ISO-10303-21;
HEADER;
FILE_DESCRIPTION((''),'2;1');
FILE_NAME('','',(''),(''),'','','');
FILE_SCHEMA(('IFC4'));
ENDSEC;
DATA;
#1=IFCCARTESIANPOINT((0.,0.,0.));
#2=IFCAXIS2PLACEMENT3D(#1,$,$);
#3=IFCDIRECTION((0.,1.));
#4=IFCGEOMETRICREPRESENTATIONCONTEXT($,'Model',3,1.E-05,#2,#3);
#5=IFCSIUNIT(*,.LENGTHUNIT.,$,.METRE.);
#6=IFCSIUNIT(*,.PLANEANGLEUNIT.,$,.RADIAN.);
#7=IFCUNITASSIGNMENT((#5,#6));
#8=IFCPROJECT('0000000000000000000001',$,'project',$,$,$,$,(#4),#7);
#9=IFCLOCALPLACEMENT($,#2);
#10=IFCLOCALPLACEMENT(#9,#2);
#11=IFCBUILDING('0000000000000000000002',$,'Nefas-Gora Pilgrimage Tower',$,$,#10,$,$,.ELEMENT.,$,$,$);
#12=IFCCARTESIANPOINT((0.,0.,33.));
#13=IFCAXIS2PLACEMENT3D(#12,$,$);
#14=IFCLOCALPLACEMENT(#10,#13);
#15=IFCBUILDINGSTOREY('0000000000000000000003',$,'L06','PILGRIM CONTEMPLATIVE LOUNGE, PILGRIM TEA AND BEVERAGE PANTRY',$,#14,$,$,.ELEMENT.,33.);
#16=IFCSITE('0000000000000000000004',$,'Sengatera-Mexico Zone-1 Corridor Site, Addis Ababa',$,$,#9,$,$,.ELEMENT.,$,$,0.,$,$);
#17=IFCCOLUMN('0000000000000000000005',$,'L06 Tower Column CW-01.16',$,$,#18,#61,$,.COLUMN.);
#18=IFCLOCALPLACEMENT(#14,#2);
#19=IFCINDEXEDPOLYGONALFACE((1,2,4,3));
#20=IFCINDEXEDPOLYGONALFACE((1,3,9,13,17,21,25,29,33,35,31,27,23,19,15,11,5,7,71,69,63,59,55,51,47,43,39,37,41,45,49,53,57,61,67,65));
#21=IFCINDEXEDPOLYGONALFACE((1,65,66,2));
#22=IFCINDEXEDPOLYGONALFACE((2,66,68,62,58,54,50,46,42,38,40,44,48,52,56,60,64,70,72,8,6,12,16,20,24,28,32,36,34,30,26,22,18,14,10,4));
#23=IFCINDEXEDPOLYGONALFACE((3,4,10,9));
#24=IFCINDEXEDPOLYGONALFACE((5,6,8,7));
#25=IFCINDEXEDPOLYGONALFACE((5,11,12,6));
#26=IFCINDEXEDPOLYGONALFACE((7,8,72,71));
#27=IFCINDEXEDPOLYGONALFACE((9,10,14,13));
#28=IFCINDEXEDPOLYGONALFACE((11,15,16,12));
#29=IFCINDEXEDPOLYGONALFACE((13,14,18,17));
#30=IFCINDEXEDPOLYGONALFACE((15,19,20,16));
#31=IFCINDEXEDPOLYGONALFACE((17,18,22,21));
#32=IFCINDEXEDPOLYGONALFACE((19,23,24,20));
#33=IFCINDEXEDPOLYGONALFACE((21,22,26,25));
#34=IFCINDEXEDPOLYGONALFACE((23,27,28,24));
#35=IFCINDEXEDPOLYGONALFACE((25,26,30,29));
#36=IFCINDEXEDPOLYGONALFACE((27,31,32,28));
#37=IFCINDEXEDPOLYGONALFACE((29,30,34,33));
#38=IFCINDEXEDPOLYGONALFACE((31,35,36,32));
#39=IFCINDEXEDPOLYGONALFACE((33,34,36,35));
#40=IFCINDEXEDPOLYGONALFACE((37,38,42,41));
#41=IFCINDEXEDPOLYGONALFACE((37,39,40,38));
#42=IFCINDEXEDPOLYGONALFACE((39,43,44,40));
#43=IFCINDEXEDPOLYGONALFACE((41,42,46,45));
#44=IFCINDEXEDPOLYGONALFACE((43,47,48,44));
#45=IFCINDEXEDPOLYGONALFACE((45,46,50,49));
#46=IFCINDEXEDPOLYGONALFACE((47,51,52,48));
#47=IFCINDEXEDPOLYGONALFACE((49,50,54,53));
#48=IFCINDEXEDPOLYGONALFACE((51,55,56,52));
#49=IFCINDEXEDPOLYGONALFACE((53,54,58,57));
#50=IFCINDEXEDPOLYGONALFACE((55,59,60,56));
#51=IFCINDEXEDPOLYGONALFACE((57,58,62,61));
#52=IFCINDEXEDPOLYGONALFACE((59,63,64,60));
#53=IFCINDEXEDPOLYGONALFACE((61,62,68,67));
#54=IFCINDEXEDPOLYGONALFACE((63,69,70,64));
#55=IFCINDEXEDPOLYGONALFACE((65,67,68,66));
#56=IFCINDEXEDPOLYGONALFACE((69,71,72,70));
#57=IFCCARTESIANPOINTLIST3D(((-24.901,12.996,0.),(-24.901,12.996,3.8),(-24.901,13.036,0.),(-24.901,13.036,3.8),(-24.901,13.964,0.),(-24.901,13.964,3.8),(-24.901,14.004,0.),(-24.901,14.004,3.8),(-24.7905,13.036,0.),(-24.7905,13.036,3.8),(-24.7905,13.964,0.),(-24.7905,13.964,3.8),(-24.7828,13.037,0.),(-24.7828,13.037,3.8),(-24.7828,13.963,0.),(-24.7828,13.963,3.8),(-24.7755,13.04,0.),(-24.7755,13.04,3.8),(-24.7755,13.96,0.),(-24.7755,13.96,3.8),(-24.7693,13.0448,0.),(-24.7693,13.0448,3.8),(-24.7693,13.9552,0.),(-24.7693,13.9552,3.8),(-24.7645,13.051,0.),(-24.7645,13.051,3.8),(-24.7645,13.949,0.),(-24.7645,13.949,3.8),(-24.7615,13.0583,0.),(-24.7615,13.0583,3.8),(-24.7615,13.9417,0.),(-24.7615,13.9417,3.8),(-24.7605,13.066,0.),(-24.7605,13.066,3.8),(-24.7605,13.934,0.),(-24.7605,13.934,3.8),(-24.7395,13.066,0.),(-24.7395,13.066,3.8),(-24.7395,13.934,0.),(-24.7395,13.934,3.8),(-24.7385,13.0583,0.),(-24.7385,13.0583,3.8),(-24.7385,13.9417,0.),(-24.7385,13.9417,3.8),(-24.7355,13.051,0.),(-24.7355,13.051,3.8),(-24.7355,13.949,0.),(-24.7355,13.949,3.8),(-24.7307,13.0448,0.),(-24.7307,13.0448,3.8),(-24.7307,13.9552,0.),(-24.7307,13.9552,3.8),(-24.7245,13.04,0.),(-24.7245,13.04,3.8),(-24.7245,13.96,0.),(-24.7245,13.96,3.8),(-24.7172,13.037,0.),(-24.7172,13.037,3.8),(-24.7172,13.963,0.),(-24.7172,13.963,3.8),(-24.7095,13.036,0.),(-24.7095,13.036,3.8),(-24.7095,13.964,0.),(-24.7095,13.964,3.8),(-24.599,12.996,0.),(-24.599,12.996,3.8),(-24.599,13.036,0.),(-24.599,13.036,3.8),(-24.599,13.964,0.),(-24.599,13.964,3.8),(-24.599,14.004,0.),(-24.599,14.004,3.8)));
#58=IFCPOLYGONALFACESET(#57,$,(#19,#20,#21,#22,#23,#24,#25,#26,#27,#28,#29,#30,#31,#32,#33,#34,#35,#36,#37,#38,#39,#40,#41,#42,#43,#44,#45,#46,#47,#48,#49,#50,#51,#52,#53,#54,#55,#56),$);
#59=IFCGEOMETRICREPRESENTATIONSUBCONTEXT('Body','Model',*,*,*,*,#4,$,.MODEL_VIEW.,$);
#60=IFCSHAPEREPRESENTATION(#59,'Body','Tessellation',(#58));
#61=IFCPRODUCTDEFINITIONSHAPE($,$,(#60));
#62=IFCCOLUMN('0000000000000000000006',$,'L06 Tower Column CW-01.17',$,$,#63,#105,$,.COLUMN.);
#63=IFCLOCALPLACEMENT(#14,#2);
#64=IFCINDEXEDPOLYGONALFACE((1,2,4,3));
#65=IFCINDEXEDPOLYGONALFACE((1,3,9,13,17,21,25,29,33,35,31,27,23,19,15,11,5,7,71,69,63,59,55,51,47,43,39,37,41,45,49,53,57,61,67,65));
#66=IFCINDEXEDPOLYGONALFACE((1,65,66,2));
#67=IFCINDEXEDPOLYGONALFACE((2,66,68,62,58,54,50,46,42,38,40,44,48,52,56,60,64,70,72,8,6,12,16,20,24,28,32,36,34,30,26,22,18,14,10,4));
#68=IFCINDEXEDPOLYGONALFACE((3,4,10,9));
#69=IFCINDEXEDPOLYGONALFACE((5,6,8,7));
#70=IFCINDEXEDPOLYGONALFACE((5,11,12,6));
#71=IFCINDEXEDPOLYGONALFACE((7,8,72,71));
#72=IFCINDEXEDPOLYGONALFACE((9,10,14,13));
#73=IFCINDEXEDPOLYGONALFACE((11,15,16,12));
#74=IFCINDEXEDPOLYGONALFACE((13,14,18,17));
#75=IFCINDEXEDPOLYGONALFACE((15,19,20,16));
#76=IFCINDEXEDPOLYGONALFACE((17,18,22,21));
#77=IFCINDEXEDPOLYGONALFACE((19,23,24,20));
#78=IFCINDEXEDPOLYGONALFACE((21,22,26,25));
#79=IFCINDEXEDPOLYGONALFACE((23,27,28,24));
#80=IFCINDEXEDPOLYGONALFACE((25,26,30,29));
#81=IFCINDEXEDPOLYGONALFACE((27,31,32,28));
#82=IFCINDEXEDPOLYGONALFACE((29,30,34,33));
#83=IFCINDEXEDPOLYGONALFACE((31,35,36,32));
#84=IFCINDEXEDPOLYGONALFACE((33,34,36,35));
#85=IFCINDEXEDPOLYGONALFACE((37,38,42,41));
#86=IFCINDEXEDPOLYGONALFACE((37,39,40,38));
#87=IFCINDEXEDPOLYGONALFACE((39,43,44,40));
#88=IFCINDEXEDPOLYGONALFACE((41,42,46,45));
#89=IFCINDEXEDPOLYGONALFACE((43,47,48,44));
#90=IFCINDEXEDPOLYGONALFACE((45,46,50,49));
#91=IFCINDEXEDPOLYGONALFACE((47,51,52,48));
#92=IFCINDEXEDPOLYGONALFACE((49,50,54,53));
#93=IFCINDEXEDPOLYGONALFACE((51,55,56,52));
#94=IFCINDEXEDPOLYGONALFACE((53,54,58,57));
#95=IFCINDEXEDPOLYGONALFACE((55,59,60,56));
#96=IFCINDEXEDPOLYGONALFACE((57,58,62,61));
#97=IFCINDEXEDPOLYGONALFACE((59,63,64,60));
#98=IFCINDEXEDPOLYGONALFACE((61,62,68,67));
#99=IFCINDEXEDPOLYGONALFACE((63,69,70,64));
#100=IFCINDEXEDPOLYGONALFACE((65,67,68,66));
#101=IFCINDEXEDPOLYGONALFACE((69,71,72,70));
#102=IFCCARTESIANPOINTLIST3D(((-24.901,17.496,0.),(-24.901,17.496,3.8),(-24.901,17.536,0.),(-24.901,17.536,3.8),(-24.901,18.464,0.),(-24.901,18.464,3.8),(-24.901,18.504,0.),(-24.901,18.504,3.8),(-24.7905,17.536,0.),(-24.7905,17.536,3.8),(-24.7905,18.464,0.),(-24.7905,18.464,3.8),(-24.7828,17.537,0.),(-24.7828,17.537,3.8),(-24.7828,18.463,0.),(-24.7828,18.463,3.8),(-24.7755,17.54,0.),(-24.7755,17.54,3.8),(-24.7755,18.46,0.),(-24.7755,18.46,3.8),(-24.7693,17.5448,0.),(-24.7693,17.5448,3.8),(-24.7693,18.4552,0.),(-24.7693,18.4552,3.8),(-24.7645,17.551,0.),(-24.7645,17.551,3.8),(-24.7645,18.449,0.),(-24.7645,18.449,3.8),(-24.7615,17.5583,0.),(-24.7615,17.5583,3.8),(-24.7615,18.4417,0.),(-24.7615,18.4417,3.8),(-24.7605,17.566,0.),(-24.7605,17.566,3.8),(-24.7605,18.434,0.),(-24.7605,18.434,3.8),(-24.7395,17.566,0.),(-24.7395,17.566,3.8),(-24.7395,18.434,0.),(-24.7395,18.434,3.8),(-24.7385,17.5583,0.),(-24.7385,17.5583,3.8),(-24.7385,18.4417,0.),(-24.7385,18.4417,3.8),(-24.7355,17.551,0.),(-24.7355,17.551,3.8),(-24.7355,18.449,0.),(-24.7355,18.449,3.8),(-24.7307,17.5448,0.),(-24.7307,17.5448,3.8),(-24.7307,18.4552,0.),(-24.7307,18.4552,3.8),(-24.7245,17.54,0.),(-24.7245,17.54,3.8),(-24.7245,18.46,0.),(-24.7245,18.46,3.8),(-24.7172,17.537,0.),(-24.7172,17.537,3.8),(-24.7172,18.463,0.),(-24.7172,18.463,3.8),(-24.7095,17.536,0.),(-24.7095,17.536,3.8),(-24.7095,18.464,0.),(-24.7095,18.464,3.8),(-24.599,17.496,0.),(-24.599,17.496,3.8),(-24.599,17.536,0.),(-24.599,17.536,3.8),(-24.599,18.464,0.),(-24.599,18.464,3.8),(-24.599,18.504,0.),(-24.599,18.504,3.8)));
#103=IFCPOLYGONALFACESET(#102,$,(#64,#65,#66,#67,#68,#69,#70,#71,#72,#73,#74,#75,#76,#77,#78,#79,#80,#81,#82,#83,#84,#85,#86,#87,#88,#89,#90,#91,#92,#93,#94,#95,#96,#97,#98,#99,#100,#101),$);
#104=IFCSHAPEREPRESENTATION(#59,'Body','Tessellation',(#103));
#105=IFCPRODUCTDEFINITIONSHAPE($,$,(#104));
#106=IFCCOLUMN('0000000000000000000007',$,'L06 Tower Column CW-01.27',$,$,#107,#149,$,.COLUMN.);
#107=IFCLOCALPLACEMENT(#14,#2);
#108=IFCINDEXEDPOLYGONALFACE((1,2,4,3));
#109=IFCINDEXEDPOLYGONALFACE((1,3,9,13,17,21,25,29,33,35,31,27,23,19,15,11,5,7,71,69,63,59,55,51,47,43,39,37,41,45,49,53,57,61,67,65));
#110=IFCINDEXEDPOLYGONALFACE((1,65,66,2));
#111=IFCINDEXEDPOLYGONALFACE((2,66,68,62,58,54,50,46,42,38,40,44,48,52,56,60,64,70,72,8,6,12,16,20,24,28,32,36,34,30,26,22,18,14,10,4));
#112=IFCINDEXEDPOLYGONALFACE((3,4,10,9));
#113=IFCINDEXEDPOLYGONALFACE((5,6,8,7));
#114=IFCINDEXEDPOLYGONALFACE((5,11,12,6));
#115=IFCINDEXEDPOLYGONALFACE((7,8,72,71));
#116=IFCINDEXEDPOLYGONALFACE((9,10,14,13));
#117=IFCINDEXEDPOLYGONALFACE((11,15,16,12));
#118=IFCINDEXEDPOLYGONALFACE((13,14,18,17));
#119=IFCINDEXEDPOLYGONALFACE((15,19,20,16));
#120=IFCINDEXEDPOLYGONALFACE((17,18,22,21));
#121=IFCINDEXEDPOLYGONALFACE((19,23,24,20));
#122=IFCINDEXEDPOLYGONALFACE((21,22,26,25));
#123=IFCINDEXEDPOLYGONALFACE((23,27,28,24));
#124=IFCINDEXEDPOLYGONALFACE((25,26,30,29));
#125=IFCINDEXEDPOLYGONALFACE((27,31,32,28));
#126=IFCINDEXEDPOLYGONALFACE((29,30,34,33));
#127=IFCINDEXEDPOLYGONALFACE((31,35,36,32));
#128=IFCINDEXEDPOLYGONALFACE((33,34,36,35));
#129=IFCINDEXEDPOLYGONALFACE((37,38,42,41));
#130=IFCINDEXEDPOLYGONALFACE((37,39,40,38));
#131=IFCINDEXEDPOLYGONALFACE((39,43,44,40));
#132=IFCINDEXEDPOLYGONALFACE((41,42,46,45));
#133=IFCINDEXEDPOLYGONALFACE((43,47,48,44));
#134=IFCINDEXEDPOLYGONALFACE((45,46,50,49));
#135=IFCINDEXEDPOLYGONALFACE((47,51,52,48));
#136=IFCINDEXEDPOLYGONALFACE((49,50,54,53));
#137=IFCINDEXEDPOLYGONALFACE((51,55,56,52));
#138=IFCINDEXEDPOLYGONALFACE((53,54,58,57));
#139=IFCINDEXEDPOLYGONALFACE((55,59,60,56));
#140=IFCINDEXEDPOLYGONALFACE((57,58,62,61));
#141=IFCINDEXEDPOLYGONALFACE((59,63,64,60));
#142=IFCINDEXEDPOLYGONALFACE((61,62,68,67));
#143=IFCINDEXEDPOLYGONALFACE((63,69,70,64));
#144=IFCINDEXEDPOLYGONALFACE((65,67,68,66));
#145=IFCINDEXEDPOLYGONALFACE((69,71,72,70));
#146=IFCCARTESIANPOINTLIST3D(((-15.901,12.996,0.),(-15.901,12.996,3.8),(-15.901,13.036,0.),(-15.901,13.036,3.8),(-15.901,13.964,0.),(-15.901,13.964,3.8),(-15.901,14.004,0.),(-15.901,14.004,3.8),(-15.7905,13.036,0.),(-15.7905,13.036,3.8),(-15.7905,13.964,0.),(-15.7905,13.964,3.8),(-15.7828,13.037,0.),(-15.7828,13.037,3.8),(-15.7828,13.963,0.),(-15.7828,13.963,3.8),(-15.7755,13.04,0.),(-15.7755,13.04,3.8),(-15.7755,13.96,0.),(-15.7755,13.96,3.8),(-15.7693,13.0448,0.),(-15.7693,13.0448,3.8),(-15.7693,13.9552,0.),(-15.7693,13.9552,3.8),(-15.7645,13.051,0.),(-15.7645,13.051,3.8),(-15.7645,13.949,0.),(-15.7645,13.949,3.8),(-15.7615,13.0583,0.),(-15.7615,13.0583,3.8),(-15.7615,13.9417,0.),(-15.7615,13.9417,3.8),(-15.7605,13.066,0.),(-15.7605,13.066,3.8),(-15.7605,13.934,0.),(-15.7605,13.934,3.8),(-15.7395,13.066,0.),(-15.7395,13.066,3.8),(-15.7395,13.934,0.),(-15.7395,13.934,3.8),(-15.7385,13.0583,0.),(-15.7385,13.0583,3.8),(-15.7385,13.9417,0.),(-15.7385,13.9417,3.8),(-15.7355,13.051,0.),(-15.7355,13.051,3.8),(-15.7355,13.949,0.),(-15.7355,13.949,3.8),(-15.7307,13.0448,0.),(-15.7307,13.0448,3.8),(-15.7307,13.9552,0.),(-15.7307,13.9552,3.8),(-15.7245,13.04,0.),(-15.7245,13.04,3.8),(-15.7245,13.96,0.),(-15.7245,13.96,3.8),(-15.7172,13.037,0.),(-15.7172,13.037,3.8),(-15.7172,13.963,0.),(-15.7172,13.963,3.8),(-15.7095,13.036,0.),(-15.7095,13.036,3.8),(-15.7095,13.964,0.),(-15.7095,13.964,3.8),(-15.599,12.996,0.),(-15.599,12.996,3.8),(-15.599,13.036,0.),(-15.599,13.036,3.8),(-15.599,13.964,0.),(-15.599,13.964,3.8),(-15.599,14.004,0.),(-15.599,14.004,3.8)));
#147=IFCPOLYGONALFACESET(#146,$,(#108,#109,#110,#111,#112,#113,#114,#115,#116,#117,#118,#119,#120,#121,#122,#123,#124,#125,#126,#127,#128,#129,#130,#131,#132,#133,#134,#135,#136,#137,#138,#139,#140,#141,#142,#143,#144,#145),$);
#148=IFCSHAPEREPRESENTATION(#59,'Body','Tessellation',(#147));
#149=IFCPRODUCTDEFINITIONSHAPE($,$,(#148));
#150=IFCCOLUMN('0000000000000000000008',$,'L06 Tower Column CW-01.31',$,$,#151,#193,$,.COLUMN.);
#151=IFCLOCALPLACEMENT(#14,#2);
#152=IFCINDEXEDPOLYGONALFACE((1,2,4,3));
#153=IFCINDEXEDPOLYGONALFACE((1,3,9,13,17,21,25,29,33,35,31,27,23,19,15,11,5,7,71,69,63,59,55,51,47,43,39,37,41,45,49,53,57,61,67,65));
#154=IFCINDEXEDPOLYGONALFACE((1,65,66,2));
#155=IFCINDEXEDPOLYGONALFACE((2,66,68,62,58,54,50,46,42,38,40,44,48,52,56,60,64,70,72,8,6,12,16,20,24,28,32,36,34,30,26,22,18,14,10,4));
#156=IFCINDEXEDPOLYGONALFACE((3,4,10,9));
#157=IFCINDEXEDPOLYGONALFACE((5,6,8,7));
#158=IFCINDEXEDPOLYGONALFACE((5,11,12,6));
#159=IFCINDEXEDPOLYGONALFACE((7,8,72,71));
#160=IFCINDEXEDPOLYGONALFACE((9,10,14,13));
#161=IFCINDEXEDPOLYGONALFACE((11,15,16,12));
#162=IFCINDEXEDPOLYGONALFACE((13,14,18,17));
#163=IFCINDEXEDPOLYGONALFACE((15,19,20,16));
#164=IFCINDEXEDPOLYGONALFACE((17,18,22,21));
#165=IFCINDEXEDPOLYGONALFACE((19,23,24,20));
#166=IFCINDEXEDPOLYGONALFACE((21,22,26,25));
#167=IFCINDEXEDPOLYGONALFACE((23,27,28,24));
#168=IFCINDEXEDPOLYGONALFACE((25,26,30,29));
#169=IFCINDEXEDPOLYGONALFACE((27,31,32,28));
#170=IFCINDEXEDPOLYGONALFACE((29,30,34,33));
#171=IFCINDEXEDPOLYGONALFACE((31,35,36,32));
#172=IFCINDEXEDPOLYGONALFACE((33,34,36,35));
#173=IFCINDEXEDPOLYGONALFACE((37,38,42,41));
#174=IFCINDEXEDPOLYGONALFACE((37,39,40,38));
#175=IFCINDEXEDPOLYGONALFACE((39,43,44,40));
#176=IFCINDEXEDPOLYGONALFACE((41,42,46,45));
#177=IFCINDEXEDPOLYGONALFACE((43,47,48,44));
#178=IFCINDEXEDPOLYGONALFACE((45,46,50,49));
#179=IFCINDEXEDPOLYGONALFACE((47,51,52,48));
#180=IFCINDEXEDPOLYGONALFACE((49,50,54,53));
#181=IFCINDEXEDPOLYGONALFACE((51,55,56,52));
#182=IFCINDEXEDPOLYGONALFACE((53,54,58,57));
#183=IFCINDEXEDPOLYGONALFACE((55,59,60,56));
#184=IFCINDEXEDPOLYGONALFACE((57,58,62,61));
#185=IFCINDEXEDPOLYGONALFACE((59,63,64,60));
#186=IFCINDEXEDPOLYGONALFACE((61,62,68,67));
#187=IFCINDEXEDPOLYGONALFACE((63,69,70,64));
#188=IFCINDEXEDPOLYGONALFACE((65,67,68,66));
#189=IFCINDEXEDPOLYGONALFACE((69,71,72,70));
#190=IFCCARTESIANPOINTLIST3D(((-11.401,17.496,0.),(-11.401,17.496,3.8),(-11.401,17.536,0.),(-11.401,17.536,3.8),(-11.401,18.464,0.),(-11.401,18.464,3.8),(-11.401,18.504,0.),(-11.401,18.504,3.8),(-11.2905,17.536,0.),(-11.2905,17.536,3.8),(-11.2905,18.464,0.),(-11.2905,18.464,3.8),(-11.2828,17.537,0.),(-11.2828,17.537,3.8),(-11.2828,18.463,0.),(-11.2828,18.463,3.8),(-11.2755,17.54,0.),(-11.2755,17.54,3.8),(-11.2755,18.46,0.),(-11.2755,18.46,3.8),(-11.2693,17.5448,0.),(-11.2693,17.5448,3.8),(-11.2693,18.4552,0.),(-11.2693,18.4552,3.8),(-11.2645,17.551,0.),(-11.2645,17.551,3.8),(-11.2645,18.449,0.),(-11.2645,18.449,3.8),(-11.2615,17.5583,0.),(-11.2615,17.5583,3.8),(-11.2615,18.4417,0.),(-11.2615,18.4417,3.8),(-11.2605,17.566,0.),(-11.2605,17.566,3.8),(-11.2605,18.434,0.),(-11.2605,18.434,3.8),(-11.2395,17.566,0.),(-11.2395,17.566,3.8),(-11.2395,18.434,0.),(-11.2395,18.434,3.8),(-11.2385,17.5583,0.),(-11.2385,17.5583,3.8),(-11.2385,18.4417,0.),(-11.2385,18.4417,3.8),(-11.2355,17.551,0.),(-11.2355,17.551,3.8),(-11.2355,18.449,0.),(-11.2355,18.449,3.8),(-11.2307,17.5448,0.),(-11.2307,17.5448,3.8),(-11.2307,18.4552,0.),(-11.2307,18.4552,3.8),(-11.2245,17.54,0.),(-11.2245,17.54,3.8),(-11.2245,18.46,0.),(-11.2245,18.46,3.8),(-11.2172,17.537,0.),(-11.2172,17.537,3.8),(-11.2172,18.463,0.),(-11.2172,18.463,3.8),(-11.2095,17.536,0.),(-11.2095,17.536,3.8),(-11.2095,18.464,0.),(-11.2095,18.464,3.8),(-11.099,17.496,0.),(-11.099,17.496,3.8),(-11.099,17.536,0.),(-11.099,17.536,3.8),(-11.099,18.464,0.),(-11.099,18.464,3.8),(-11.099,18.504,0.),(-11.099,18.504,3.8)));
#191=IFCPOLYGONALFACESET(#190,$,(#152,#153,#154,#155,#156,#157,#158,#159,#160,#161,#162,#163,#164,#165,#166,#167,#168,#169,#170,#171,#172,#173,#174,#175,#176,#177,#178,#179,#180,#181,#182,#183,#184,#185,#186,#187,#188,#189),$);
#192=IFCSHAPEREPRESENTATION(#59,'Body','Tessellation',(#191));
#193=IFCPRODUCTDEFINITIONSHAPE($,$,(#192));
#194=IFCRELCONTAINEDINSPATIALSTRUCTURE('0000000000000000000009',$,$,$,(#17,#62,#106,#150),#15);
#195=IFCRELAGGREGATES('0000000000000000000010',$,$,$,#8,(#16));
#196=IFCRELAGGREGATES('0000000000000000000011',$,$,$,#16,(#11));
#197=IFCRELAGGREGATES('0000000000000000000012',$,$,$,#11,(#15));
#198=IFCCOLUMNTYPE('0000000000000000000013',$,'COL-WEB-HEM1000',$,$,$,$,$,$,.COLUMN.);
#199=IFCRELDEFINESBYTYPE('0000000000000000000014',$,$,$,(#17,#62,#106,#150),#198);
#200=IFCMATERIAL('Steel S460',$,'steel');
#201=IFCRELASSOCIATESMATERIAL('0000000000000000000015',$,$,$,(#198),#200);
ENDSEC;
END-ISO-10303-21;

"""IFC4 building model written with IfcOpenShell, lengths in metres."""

from ifc_helpers import new_model, si_unit, direction, frame, origin, origin_2d, place, context, subcontext, project, spatial, i_section, extrude, source, transform, mapped, material, material_profile, profile_set, type_object, element, save


model = new_model("IFC4")

# Units and contexts
model_context = context("Model", 3, precision=1e-05, world=origin(), true_north=direction((0.0, 1.0)))
body_context = subcontext(model_context, "Body", "Model", "MODEL_VIEW")
ifc_project = project(units=[si_unit("LENGTHUNIT", "METRE"), si_unit("PLANEANGLEUNIT", "RADIAN")], contexts=[model_context])

# Site, building, storey
site_placement = place(None, origin())
site = spatial("IfcSite", under=ifc_project, at=site_placement, Name="Sengatera-Mexico Zone-1 Corridor Site, Addis Ababa", CompositionType="ELEMENT", RefElevation=0.0)
building_placement = place(site_placement, origin())
building = spatial("IfcBuilding", under=site, at=building_placement, Name="Nefas-Gora Pilgrimage Tower", CompositionType="ELEMENT")
storey_placement = place(building_placement, frame((0.0, 0.0, 33.0)))
storey = spatial("IfcBuildingStorey", under=building, at=storey_placement, Name="L06", Description="PILGRIM CONTEMPLATIVE LOUNGE, PILGRIM TEA AND BEVERAGE PANTRY", CompositionType="ELEMENT", Elevation=33.0)

# Columns
ifc_material_1 = material(Name="Steel S460", Category="steel")
ifc_material_profile_1 = material_profile(ifc_material_1, i_section(OverallWidth=0.302, OverallDepth=1.0081, WebThickness=0.021, FlangeThickness=0.04, FilletRadius=0.03, at=origin_2d()), Name="HEM 1000")
ifc_profile_set_1 = profile_set([ifc_material_profile_1], Name="Steel S460")
column_type_1 = type_object("IfcColumnType", Name="COL-WEB-HEM1000", PredefinedType="COLUMN", material=ifc_profile_set_1)
shared_shape_1 = source(origin(), body_context, "Body", "SweptSolid", [
    extrude(i_section(OverallWidth=0.302, OverallDepth=1.0081, WebThickness=0.021, FlangeThickness=0.04, FilletRadius=0.03, at=origin_2d()), origin(), (0.0, 0.0, 1.0), 3.8),
])
for number, where, z_axis, x_axis, name in (
    (1, (-24.75, 13.5, 0.0), (0.0, 0.0, 1.0), (1.0, 0.0, 0.0), "L06 Tower Column CW-01.16"),
    (2, (-24.75, 18.0, 0.0), (0.0, 0.0, 1.0), (1.0, 0.0, 0.0), "L06 Tower Column CW-01.17"),
    (3, (-15.75, 13.5, 0.0), (0.0, 0.0, 1.0), (1.0, 0.0, 0.0), "L06 Tower Column CW-01.27"),
    (4, (-11.25, 18.0, 0.0), (0.0, 0.0, 1.0), (1.0, 0.0, 0.0), "L06 Tower Column CW-01.31"),
):
    element("IfcColumn", number, at=place(storey_placement, frame(where, z_axis=z_axis, x_axis=x_axis)), inside=storey, type_object=column_type_1, Name=name, PredefinedType="COLUMN", context=body_context, shape_type="MappedRepresentation", body=[
        mapped(shared_shape_1, transform((0.0, 0.0, 0.0), x_axis=(1.0, 0.0, 0.0), y_axis=(0.0, 1.0, 0.0), z_axis=(0.0, 0.0, 1.0), scale=1.0)),
    ])

save(model, "model.ifc")
